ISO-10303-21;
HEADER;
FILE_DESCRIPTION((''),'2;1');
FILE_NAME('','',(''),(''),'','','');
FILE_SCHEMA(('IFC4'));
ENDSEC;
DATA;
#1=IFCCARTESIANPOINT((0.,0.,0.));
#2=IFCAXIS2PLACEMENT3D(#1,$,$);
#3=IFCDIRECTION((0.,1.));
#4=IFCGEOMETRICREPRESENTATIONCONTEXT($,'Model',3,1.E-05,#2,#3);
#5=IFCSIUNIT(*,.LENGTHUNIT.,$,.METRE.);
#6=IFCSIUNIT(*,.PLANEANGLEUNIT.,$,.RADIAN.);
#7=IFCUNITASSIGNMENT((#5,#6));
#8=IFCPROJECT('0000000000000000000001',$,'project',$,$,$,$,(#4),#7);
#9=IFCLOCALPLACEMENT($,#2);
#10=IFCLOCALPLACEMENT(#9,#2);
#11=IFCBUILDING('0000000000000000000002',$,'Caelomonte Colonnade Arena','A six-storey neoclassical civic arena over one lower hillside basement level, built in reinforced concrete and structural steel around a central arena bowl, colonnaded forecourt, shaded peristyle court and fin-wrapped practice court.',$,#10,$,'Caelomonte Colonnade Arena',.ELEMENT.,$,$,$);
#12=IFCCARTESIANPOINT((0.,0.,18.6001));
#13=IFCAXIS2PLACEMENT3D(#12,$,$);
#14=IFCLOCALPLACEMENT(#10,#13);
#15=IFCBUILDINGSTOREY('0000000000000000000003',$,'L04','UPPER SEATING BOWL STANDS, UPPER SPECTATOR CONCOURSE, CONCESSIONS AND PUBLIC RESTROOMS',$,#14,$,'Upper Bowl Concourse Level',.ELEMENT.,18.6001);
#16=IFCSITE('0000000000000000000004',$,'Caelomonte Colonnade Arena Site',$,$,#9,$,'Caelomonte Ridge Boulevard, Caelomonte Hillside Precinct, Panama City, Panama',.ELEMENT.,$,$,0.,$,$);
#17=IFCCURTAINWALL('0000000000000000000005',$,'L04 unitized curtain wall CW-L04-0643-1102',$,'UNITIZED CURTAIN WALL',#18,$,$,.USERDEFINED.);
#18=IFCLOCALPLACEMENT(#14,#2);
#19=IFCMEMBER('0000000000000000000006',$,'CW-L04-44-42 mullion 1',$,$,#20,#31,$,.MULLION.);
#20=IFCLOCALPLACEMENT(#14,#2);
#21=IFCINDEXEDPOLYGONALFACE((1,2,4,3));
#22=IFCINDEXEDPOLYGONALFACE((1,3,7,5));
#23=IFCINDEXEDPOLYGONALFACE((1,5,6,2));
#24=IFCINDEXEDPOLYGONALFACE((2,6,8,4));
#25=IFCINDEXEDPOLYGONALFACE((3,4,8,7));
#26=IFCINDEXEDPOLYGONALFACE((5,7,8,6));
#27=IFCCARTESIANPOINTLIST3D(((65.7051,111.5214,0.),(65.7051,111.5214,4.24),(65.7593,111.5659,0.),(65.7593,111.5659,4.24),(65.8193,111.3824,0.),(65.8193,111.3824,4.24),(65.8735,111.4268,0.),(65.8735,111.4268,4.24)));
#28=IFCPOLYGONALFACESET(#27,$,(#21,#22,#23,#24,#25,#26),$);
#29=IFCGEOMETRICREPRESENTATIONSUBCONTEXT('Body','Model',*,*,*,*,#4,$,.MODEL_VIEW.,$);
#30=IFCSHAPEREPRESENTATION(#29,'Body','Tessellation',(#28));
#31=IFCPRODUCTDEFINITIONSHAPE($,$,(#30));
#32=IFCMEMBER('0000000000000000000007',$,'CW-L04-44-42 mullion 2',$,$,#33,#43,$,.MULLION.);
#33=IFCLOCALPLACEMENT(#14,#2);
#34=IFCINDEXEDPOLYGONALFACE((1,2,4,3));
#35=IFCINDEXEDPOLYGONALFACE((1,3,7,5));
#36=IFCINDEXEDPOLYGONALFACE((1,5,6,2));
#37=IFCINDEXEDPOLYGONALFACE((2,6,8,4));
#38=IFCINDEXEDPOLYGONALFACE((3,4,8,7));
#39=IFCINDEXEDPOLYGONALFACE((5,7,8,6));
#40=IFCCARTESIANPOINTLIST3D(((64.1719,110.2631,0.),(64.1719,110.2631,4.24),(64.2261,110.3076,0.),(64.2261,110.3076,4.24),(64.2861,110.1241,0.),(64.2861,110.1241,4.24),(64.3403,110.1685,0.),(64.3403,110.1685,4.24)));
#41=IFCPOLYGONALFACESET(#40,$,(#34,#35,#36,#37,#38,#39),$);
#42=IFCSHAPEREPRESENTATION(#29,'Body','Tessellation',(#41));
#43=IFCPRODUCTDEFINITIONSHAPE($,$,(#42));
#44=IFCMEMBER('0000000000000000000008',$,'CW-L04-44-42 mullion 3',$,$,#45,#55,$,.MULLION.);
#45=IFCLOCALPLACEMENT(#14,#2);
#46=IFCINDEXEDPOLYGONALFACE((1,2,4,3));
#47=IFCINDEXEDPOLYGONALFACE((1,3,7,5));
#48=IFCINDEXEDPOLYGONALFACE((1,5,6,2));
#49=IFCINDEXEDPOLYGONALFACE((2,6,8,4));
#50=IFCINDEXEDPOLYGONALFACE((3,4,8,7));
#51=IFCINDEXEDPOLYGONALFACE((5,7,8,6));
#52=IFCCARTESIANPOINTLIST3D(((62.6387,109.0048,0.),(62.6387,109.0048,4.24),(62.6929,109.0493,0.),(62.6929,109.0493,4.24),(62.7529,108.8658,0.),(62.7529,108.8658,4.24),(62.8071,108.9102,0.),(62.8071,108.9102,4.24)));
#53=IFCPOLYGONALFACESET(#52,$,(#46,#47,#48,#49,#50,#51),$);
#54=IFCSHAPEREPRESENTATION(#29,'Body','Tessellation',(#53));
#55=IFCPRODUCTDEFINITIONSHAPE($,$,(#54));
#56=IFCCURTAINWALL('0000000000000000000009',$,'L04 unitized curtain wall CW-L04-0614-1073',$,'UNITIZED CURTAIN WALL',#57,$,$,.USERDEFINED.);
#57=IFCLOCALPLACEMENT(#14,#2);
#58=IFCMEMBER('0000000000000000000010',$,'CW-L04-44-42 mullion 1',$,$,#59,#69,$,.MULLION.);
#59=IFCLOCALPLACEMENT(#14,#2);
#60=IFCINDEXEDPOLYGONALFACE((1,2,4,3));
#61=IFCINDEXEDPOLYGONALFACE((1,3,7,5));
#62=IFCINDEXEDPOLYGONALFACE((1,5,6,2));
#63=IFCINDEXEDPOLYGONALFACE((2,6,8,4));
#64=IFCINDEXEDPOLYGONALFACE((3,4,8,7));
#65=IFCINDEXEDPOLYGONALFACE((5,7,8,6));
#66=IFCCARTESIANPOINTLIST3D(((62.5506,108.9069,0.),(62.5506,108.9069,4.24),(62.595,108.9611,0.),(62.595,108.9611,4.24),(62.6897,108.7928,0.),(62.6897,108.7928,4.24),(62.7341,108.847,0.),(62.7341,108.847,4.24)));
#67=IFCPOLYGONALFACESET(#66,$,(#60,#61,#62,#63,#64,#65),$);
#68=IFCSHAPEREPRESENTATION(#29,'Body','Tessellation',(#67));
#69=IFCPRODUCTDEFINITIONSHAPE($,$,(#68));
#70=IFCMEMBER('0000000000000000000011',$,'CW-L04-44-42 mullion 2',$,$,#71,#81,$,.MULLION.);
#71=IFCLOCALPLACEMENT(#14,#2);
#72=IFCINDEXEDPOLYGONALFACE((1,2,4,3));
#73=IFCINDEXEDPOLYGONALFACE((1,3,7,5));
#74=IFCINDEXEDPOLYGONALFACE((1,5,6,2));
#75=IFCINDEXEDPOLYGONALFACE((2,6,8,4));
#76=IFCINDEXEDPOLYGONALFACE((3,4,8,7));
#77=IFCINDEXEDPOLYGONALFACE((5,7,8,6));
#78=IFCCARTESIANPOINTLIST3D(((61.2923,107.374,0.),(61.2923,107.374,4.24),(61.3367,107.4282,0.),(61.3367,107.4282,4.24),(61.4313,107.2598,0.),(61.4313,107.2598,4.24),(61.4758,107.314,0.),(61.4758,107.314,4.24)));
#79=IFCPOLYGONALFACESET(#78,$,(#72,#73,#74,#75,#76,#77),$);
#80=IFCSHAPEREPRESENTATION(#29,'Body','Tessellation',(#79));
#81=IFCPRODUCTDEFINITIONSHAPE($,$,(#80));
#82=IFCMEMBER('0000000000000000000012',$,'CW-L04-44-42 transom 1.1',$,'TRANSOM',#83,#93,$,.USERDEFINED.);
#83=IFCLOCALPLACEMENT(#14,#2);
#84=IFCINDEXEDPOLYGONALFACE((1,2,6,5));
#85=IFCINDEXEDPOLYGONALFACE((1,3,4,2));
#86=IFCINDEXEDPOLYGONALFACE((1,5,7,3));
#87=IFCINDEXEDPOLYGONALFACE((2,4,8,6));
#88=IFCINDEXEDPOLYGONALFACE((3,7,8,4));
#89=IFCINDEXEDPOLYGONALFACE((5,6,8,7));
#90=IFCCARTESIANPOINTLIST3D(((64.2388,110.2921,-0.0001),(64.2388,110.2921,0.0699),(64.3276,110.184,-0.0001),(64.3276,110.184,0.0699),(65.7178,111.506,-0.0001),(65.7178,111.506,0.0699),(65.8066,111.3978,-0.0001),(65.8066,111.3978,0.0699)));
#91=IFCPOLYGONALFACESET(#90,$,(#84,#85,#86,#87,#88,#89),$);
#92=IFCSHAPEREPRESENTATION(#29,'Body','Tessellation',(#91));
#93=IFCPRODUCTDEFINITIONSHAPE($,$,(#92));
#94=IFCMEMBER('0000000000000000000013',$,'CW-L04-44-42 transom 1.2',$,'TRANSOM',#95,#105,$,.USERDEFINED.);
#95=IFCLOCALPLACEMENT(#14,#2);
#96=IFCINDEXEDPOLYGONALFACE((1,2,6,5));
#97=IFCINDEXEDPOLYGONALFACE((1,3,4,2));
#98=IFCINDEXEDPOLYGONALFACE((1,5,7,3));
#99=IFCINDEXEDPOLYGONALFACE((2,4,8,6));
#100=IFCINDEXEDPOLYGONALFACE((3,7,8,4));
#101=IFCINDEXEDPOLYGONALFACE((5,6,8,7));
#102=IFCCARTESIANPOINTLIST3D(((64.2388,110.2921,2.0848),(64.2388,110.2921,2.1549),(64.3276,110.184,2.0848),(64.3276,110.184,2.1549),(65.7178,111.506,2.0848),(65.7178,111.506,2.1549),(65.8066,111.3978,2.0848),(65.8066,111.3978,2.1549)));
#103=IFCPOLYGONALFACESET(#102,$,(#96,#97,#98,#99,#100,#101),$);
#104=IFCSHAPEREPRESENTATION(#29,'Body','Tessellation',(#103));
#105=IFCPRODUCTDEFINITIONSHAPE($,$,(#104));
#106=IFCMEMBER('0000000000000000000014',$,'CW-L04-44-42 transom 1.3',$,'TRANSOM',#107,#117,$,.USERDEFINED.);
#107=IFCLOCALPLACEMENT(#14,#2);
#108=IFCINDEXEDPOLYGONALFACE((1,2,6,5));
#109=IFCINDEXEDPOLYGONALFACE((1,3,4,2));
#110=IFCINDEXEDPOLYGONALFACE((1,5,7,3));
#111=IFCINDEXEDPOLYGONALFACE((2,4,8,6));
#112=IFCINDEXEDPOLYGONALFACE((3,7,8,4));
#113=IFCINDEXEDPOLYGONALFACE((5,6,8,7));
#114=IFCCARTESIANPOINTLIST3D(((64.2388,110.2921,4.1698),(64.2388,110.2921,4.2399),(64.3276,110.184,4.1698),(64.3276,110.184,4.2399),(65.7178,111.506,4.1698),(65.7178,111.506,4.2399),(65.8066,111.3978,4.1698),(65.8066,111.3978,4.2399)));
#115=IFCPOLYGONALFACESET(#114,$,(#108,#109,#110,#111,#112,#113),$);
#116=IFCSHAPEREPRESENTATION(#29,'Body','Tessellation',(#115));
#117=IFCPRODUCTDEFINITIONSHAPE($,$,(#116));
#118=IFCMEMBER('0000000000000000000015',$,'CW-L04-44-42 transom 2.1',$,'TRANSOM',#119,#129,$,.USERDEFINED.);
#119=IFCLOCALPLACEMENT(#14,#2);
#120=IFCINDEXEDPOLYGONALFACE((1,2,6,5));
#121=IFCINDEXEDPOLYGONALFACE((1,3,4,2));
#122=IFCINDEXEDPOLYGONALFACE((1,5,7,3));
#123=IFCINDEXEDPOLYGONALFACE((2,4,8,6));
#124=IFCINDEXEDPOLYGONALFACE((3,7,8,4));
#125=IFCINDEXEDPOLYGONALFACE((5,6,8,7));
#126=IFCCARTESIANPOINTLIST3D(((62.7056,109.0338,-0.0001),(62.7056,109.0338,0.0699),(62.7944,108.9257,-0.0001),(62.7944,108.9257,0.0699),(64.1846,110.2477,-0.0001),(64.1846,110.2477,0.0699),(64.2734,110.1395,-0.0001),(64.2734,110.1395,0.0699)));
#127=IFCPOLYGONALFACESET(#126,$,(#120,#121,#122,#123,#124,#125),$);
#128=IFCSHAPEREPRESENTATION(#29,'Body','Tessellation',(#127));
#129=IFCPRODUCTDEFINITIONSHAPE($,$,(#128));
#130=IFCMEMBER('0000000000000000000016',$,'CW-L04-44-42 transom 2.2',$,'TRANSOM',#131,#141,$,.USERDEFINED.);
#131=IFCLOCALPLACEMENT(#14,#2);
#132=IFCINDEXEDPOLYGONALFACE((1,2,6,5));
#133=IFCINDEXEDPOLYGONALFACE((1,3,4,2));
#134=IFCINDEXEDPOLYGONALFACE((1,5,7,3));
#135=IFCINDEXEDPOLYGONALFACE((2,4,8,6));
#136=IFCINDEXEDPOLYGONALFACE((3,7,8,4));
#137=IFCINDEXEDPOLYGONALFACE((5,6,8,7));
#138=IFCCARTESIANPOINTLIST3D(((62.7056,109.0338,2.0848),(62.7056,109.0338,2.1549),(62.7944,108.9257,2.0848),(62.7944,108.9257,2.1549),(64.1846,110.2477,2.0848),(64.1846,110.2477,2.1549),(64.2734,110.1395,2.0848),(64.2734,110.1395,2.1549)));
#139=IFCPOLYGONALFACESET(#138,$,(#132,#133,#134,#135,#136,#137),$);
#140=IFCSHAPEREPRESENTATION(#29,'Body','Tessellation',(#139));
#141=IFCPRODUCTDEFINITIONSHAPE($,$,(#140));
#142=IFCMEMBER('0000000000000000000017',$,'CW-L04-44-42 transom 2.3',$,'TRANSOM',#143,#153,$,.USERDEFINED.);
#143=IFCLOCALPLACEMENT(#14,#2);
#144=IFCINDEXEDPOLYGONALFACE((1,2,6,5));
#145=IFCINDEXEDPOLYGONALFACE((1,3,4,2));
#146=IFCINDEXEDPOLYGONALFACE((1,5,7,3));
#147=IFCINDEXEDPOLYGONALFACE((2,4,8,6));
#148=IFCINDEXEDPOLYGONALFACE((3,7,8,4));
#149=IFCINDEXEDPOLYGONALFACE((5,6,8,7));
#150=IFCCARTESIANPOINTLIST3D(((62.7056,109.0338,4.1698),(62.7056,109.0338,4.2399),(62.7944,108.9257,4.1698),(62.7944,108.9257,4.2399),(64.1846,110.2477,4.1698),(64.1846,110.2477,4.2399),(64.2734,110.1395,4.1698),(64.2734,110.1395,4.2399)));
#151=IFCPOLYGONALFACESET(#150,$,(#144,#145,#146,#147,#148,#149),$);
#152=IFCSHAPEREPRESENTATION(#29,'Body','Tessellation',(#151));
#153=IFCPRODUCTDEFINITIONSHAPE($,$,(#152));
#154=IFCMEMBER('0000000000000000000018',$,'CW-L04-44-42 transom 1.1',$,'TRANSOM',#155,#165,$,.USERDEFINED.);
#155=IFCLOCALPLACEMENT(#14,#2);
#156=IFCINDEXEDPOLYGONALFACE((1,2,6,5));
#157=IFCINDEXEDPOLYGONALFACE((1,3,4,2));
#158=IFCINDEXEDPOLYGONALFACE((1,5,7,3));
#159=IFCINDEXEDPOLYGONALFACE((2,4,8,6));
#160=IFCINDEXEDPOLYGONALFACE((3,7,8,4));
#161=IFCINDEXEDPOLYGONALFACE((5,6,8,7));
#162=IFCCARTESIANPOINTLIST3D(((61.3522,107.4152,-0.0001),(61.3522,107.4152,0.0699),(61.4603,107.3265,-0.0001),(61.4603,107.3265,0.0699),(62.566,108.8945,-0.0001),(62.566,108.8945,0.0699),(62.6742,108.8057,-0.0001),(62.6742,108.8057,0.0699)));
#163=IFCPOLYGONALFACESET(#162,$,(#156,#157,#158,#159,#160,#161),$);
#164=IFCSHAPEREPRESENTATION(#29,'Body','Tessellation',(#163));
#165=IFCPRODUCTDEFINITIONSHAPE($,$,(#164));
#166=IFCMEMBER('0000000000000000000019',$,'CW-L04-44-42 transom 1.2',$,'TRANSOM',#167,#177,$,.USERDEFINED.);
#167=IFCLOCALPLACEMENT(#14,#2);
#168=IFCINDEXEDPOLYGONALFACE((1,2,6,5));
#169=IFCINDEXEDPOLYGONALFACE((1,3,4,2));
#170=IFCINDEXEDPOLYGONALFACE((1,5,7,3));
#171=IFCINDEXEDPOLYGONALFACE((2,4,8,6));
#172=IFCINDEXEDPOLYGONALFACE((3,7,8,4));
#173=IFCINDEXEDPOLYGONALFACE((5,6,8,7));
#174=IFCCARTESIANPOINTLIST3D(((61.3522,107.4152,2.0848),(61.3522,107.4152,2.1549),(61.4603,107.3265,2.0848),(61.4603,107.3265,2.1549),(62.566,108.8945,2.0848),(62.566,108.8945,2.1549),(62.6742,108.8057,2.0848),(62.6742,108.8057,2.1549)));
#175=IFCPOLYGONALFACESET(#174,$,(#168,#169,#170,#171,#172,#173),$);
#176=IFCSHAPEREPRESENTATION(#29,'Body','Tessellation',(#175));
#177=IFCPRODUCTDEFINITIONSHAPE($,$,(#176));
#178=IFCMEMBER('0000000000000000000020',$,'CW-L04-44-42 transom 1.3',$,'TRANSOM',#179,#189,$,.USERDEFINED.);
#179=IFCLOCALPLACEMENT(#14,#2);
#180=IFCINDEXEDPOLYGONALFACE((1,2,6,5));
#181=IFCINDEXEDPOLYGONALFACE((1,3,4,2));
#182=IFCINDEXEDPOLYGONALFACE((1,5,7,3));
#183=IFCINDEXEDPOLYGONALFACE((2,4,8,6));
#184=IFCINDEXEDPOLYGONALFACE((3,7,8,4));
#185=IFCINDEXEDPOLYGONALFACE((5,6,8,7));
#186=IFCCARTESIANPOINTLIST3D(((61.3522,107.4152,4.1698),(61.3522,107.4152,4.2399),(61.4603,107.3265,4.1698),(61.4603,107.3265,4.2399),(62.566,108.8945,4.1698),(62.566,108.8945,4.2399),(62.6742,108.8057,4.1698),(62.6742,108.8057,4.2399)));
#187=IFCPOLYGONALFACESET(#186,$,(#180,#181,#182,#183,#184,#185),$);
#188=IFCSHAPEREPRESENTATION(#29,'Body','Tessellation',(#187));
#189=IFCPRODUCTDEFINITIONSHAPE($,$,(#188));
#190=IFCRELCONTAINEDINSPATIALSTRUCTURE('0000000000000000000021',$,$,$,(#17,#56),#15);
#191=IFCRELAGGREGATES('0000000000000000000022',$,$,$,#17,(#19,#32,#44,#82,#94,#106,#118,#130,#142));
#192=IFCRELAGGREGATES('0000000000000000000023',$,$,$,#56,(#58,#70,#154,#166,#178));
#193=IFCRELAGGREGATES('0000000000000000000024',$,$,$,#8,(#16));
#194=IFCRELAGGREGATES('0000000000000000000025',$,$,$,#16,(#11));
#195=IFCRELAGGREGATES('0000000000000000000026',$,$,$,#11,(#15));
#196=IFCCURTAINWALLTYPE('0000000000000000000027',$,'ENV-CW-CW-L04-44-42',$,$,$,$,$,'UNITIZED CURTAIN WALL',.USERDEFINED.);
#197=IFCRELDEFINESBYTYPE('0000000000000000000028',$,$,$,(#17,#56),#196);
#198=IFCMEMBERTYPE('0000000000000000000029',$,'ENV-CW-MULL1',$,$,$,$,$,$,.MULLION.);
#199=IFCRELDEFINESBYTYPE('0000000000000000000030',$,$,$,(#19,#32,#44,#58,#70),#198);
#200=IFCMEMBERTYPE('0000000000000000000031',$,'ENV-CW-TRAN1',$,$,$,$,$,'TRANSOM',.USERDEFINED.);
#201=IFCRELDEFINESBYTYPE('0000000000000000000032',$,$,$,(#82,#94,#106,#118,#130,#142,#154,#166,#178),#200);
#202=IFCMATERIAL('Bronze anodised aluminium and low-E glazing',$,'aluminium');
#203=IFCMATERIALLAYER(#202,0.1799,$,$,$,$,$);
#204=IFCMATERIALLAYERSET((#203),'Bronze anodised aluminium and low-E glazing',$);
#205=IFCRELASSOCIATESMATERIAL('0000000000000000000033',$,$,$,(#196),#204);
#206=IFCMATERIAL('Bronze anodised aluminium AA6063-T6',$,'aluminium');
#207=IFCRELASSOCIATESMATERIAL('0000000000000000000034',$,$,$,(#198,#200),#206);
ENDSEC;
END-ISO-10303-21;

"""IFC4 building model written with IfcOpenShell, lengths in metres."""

from ifc_helpers import new_model, si_unit, direction, frame, origin, origin_2d, place, context, subcontext, project, spatial, rectangle, extrude, material, layer, layer_set, material_profile, profile_set, type_object, element, aggregate, save


model = new_model("IFC4")

# Units and contexts
model_context = context("Model", 3, precision=1e-05, world=origin(), true_north=direction((0.0, 1.0)))
body_context = subcontext(model_context, "Body", "Model", "MODEL_VIEW")
ifc_project = project(units=[si_unit("LENGTHUNIT", "METRE"), si_unit("PLANEANGLEUNIT", "RADIAN")], contexts=[model_context])

# Site, building, storey
site_placement = place(None, origin())
site = spatial("IfcSite", under=ifc_project, at=site_placement, Name="Caelomonte Colonnade Arena Site", LongName="Caelomonte Ridge Boulevard, Caelomonte Hillside Precinct, Panama City, Panama", CompositionType="ELEMENT", RefElevation=0.0)
building_placement = place(site_placement, origin())
building = spatial("IfcBuilding", under=site, at=building_placement, Name="Caelomonte Colonnade Arena", Description="A six-storey neoclassical civic arena over one lower hillside basement level, built in reinforced concrete and structural steel around a central arena bowl, colonnaded forecourt, shaded peristyle court and fin-wrapped practice court.", LongName="Caelomonte Colonnade Arena", CompositionType="ELEMENT")
storey_placement = place(building_placement, frame((0.0, 0.0, 18.6001)))
storey = spatial("IfcBuildingStorey", under=building, at=storey_placement, Name="L04", Description="UPPER SEATING BOWL STANDS, UPPER SPECTATOR CONCOURSE, CONCESSIONS AND PUBLIC RESTROOMS", LongName="Upper Bowl Concourse Level", CompositionType="ELEMENT", Elevation=18.6001)

# Curtain walls, members
ifc_material_1 = material(Name="Bronze anodised aluminium and low-E glazing", Category="aluminium")
ifc_layer_1 = layer(ifc_material_1, 0.1799)
ifc_layer_set_1 = layer_set([ifc_layer_1], Name="Bronze anodised aluminium and low-E glazing")
curtain_wall_type = type_object("IfcCurtainWallType", Name="ENV-CW-CW-L04-44-42", ElementType="UNITIZED CURTAIN WALL", PredefinedType="USERDEFINED", material=ifc_layer_set_1)
curtain_wall_1_placement = place(storey_placement, origin())
curtain_wall_1 = element("IfcCurtainWall", 1, at=curtain_wall_1_placement, inside=storey, type_object=curtain_wall_type, Name="L04 unitized curtain wall CW-L04-0643-1102", ObjectType="UNITIZED CURTAIN WALL", PredefinedType="USERDEFINED")
ifc_material_2 = material(Name="Bronze anodised aluminium AA6063-T6", Category="aluminium")
ifc_material_profile_1 = material_profile(ifc_material_2, rectangle(XDim=0.0701, YDim=0.1799, at=origin_2d()), Name="CWM-70X180")
ifc_profile_set_1 = profile_set([ifc_material_profile_1], Name="Bronze anodised aluminium AA6063-T6")
member_type_1 = type_object("IfcMemberType", Name="ENV-CW-MULL1", PredefinedType="MULLION", material=ifc_profile_set_1)
member_1_placement = place(storey_placement, frame((65.7893, 111.4741, 0.0), z_axis=(0.0, 0.0, 1.0), x_axis=(-0.772992, -0.634416, 0.0)))
member_1 = element("IfcMember", 2, at=member_1_placement, type_object=member_type_1, Name="CW-L04-44-42 mullion 1", PredefinedType="MULLION", context=body_context, shape_type="SweptSolid", body=[
    extrude(rectangle(XDim=0.0701, YDim=0.1799, at=origin_2d()), origin(), (0.0, 0.0, 1.0), 4.24),
])
member_2_placement = place(storey_placement, frame((64.2561, 110.2158, 0.0), z_axis=(0.0, 0.0, 1.0), x_axis=(-0.772992, -0.634416, 0.0)))
member_2 = element("IfcMember", 3, at=member_2_placement, type_object=member_type_1, Name="CW-L04-44-42 mullion 2", PredefinedType="MULLION", context=body_context, shape_type="SweptSolid", body=[
    extrude(rectangle(XDim=0.0701, YDim=0.1799, at=origin_2d()), origin(), (0.0, 0.0, 1.0), 4.24),
])
member_3_placement = place(storey_placement, frame((62.7229, 108.9575, 0.0), z_axis=(0.0, 0.0, 1.0), x_axis=(-0.772992, -0.634416, 0.0)))
member_3 = element("IfcMember", 4, at=member_3_placement, type_object=member_type_1, Name="CW-L04-44-42 mullion 3", PredefinedType="MULLION", context=body_context, shape_type="SweptSolid", body=[
    extrude(rectangle(XDim=0.0701, YDim=0.1799, at=origin_2d()), origin(), (0.0, 0.0, 1.0), 4.24),
])
curtain_wall_2_placement = place(storey_placement, origin())
curtain_wall_2 = element("IfcCurtainWall", 5, at=curtain_wall_2_placement, inside=storey, type_object=curtain_wall_type, Name="L04 unitized curtain wall CW-L04-0614-1073", ObjectType="UNITIZED CURTAIN WALL", PredefinedType="USERDEFINED")
member_4_placement = place(storey_placement, frame((62.6423, 108.877, 0.0), z_axis=(0.0, 0.0, 1.0), x_axis=(-0.634416, -0.772992, 0.0)))
member_4 = element("IfcMember", 6, at=member_4_placement, type_object=member_type_1, Name="CW-L04-44-42 mullion 1", PredefinedType="MULLION", context=body_context, shape_type="SweptSolid", body=[
    extrude(rectangle(XDim=0.0701, YDim=0.1799, at=origin_2d()), origin(), (0.0, 0.0, 1.0), 4.24),
])
member_5_placement = place(storey_placement, frame((61.384, 107.344, 0.0), z_axis=(0.0, 0.0, 1.0), x_axis=(-0.634416, -0.772992, 0.0)))
member_5 = element("IfcMember", 7, at=member_5_placement, type_object=member_type_1, Name="CW-L04-44-42 mullion 2", PredefinedType="MULLION", context=body_context, shape_type="SweptSolid", body=[
    extrude(rectangle(XDim=0.0701, YDim=0.1799, at=origin_2d()), origin(), (0.0, 0.0, 1.0), 4.24),
])

# Members
ifc_material_profile_2 = material_profile(ifc_material_2, rectangle(XDim=0.0701, YDim=0.1399, at=origin_2d()), Name="CWT-70X140")
ifc_profile_set_2 = profile_set([ifc_material_profile_2], Name="Bronze anodised aluminium AA6063-T6")
member_type_2 = type_object("IfcMemberType", Name="ENV-CW-TRAN1", ElementType="TRANSOM", PredefinedType="USERDEFINED", material=ifc_profile_set_2)
member_6_placement = place(storey_placement, frame((65.7622, 111.4519, 0.0349), z_axis=(-0.77299, -0.634418, 0.0), x_axis=(0.0, 0.0, 1.0)))
member_6 = element("IfcMember", 8, at=member_6_placement, type_object=member_type_2, Name="CW-L04-44-42 transom 1.1", ObjectType="TRANSOM", PredefinedType="USERDEFINED", context=body_context, shape_type="SweptSolid", body=[
    extrude(rectangle(XDim=0.0701, YDim=0.1399, at=origin_2d()), origin(), (0.0, 0.0, 1.0), 1.9133),
])
member_7_placement = place(storey_placement, frame((65.7622, 111.4519, 2.1199), z_axis=(-0.77299, -0.634418, 0.0), x_axis=(0.0, 0.0, 1.0)))
member_7 = element("IfcMember", 9, at=member_7_placement, type_object=member_type_2, Name="CW-L04-44-42 transom 1.2", ObjectType="TRANSOM", PredefinedType="USERDEFINED", context=body_context, shape_type="SweptSolid", body=[
    extrude(rectangle(XDim=0.0701, YDim=0.1399, at=origin_2d()), origin(), (0.0, 0.0, 1.0), 1.9133),
])
member_8_placement = place(storey_placement, frame((65.7622, 111.4519, 4.2048), z_axis=(-0.77299, -0.634418, 0.0), x_axis=(0.0, 0.0, 1.0)))
member_8 = element("IfcMember", 10, at=member_8_placement, type_object=member_type_2, Name="CW-L04-44-42 transom 1.3", ObjectType="TRANSOM", PredefinedType="USERDEFINED", context=body_context, shape_type="SweptSolid", body=[
    extrude(rectangle(XDim=0.0701, YDim=0.1399, at=origin_2d()), origin(), (0.0, 0.0, 1.0), 1.9133),
])
member_9_placement = place(storey_placement, frame((64.229, 110.1936, 0.0349), z_axis=(-0.77299, -0.634418, 0.0), x_axis=(0.0, 0.0, 1.0)))
member_9 = element("IfcMember", 11, at=member_9_placement, type_object=member_type_2, Name="CW-L04-44-42 transom 2.1", ObjectType="TRANSOM", PredefinedType="USERDEFINED", context=body_context, shape_type="SweptSolid", body=[
    extrude(rectangle(XDim=0.0701, YDim=0.1399, at=origin_2d()), origin(), (0.0, 0.0, 1.0), 1.9133),
])
member_10_placement = place(storey_placement, frame((64.229, 110.1936, 2.1199), z_axis=(-0.77299, -0.634418, 0.0), x_axis=(0.0, 0.0, 1.0)))
member_10 = element("IfcMember", 12, at=member_10_placement, type_object=member_type_2, Name="CW-L04-44-42 transom 2.2", ObjectType="TRANSOM", PredefinedType="USERDEFINED", context=body_context, shape_type="SweptSolid", body=[
    extrude(rectangle(XDim=0.0701, YDim=0.1399, at=origin_2d()), origin(), (0.0, 0.0, 1.0), 1.9133),
])
member_11_placement = place(storey_placement, frame((64.229, 110.1936, 4.2048), z_axis=(-0.77299, -0.634418, 0.0), x_axis=(0.0, 0.0, 1.0)))
member_11 = element("IfcMember", 13, at=member_11_placement, type_object=member_type_2, Name="CW-L04-44-42 transom 2.3", ObjectType="TRANSOM", PredefinedType="USERDEFINED", context=body_context, shape_type="SweptSolid", body=[
    extrude(rectangle(XDim=0.0701, YDim=0.1399, at=origin_2d()), origin(), (0.0, 0.0, 1.0), 1.9133),
])
member_12_placement = place(storey_placement, frame((62.6201, 108.8501, 0.0349), z_axis=(-0.634356, -0.773041, 0.0), x_axis=(0.0, 0.0, 1.0)))
member_12 = element("IfcMember", 14, at=member_12_placement, type_object=member_type_2, Name="CW-L04-44-42 transom 1.1", ObjectType="TRANSOM", PredefinedType="USERDEFINED", context=body_context, shape_type="SweptSolid", body=[
    extrude(rectangle(XDim=0.0701, YDim=0.1399, at=origin_2d()), origin(), (0.0, 0.0, 1.0), 1.9136),
])
member_13_placement = place(storey_placement, frame((62.6201, 108.8501, 2.1199), z_axis=(-0.634356, -0.773041, 0.0), x_axis=(0.0, 0.0, 1.0)))
member_13 = element("IfcMember", 15, at=member_13_placement, type_object=member_type_2, Name="CW-L04-44-42 transom 1.2", ObjectType="TRANSOM", PredefinedType="USERDEFINED", context=body_context, shape_type="SweptSolid", body=[
    extrude(rectangle(XDim=0.0701, YDim=0.1399, at=origin_2d()), origin(), (0.0, 0.0, 1.0), 1.9136),
])
member_14_placement = place(storey_placement, frame((62.6201, 108.8501, 4.2048), z_axis=(-0.634356, -0.773041, 0.0), x_axis=(0.0, 0.0, 1.0)))
member_14 = element("IfcMember", 16, at=member_14_placement, type_object=member_type_2, Name="CW-L04-44-42 transom 1.3", ObjectType="TRANSOM", PredefinedType="USERDEFINED", context=body_context, shape_type="SweptSolid", body=[
    extrude(rectangle(XDim=0.0701, YDim=0.1399, at=origin_2d()), origin(), (0.0, 0.0, 1.0), 1.9136),
])

aggregate(curtain_wall_1, [member_1, member_2, member_3, member_6, member_7, member_8, member_9, member_10, member_11])
aggregate(curtain_wall_2, [member_4, member_5, member_12, member_13, member_14])

save(model, "model.ifc")
